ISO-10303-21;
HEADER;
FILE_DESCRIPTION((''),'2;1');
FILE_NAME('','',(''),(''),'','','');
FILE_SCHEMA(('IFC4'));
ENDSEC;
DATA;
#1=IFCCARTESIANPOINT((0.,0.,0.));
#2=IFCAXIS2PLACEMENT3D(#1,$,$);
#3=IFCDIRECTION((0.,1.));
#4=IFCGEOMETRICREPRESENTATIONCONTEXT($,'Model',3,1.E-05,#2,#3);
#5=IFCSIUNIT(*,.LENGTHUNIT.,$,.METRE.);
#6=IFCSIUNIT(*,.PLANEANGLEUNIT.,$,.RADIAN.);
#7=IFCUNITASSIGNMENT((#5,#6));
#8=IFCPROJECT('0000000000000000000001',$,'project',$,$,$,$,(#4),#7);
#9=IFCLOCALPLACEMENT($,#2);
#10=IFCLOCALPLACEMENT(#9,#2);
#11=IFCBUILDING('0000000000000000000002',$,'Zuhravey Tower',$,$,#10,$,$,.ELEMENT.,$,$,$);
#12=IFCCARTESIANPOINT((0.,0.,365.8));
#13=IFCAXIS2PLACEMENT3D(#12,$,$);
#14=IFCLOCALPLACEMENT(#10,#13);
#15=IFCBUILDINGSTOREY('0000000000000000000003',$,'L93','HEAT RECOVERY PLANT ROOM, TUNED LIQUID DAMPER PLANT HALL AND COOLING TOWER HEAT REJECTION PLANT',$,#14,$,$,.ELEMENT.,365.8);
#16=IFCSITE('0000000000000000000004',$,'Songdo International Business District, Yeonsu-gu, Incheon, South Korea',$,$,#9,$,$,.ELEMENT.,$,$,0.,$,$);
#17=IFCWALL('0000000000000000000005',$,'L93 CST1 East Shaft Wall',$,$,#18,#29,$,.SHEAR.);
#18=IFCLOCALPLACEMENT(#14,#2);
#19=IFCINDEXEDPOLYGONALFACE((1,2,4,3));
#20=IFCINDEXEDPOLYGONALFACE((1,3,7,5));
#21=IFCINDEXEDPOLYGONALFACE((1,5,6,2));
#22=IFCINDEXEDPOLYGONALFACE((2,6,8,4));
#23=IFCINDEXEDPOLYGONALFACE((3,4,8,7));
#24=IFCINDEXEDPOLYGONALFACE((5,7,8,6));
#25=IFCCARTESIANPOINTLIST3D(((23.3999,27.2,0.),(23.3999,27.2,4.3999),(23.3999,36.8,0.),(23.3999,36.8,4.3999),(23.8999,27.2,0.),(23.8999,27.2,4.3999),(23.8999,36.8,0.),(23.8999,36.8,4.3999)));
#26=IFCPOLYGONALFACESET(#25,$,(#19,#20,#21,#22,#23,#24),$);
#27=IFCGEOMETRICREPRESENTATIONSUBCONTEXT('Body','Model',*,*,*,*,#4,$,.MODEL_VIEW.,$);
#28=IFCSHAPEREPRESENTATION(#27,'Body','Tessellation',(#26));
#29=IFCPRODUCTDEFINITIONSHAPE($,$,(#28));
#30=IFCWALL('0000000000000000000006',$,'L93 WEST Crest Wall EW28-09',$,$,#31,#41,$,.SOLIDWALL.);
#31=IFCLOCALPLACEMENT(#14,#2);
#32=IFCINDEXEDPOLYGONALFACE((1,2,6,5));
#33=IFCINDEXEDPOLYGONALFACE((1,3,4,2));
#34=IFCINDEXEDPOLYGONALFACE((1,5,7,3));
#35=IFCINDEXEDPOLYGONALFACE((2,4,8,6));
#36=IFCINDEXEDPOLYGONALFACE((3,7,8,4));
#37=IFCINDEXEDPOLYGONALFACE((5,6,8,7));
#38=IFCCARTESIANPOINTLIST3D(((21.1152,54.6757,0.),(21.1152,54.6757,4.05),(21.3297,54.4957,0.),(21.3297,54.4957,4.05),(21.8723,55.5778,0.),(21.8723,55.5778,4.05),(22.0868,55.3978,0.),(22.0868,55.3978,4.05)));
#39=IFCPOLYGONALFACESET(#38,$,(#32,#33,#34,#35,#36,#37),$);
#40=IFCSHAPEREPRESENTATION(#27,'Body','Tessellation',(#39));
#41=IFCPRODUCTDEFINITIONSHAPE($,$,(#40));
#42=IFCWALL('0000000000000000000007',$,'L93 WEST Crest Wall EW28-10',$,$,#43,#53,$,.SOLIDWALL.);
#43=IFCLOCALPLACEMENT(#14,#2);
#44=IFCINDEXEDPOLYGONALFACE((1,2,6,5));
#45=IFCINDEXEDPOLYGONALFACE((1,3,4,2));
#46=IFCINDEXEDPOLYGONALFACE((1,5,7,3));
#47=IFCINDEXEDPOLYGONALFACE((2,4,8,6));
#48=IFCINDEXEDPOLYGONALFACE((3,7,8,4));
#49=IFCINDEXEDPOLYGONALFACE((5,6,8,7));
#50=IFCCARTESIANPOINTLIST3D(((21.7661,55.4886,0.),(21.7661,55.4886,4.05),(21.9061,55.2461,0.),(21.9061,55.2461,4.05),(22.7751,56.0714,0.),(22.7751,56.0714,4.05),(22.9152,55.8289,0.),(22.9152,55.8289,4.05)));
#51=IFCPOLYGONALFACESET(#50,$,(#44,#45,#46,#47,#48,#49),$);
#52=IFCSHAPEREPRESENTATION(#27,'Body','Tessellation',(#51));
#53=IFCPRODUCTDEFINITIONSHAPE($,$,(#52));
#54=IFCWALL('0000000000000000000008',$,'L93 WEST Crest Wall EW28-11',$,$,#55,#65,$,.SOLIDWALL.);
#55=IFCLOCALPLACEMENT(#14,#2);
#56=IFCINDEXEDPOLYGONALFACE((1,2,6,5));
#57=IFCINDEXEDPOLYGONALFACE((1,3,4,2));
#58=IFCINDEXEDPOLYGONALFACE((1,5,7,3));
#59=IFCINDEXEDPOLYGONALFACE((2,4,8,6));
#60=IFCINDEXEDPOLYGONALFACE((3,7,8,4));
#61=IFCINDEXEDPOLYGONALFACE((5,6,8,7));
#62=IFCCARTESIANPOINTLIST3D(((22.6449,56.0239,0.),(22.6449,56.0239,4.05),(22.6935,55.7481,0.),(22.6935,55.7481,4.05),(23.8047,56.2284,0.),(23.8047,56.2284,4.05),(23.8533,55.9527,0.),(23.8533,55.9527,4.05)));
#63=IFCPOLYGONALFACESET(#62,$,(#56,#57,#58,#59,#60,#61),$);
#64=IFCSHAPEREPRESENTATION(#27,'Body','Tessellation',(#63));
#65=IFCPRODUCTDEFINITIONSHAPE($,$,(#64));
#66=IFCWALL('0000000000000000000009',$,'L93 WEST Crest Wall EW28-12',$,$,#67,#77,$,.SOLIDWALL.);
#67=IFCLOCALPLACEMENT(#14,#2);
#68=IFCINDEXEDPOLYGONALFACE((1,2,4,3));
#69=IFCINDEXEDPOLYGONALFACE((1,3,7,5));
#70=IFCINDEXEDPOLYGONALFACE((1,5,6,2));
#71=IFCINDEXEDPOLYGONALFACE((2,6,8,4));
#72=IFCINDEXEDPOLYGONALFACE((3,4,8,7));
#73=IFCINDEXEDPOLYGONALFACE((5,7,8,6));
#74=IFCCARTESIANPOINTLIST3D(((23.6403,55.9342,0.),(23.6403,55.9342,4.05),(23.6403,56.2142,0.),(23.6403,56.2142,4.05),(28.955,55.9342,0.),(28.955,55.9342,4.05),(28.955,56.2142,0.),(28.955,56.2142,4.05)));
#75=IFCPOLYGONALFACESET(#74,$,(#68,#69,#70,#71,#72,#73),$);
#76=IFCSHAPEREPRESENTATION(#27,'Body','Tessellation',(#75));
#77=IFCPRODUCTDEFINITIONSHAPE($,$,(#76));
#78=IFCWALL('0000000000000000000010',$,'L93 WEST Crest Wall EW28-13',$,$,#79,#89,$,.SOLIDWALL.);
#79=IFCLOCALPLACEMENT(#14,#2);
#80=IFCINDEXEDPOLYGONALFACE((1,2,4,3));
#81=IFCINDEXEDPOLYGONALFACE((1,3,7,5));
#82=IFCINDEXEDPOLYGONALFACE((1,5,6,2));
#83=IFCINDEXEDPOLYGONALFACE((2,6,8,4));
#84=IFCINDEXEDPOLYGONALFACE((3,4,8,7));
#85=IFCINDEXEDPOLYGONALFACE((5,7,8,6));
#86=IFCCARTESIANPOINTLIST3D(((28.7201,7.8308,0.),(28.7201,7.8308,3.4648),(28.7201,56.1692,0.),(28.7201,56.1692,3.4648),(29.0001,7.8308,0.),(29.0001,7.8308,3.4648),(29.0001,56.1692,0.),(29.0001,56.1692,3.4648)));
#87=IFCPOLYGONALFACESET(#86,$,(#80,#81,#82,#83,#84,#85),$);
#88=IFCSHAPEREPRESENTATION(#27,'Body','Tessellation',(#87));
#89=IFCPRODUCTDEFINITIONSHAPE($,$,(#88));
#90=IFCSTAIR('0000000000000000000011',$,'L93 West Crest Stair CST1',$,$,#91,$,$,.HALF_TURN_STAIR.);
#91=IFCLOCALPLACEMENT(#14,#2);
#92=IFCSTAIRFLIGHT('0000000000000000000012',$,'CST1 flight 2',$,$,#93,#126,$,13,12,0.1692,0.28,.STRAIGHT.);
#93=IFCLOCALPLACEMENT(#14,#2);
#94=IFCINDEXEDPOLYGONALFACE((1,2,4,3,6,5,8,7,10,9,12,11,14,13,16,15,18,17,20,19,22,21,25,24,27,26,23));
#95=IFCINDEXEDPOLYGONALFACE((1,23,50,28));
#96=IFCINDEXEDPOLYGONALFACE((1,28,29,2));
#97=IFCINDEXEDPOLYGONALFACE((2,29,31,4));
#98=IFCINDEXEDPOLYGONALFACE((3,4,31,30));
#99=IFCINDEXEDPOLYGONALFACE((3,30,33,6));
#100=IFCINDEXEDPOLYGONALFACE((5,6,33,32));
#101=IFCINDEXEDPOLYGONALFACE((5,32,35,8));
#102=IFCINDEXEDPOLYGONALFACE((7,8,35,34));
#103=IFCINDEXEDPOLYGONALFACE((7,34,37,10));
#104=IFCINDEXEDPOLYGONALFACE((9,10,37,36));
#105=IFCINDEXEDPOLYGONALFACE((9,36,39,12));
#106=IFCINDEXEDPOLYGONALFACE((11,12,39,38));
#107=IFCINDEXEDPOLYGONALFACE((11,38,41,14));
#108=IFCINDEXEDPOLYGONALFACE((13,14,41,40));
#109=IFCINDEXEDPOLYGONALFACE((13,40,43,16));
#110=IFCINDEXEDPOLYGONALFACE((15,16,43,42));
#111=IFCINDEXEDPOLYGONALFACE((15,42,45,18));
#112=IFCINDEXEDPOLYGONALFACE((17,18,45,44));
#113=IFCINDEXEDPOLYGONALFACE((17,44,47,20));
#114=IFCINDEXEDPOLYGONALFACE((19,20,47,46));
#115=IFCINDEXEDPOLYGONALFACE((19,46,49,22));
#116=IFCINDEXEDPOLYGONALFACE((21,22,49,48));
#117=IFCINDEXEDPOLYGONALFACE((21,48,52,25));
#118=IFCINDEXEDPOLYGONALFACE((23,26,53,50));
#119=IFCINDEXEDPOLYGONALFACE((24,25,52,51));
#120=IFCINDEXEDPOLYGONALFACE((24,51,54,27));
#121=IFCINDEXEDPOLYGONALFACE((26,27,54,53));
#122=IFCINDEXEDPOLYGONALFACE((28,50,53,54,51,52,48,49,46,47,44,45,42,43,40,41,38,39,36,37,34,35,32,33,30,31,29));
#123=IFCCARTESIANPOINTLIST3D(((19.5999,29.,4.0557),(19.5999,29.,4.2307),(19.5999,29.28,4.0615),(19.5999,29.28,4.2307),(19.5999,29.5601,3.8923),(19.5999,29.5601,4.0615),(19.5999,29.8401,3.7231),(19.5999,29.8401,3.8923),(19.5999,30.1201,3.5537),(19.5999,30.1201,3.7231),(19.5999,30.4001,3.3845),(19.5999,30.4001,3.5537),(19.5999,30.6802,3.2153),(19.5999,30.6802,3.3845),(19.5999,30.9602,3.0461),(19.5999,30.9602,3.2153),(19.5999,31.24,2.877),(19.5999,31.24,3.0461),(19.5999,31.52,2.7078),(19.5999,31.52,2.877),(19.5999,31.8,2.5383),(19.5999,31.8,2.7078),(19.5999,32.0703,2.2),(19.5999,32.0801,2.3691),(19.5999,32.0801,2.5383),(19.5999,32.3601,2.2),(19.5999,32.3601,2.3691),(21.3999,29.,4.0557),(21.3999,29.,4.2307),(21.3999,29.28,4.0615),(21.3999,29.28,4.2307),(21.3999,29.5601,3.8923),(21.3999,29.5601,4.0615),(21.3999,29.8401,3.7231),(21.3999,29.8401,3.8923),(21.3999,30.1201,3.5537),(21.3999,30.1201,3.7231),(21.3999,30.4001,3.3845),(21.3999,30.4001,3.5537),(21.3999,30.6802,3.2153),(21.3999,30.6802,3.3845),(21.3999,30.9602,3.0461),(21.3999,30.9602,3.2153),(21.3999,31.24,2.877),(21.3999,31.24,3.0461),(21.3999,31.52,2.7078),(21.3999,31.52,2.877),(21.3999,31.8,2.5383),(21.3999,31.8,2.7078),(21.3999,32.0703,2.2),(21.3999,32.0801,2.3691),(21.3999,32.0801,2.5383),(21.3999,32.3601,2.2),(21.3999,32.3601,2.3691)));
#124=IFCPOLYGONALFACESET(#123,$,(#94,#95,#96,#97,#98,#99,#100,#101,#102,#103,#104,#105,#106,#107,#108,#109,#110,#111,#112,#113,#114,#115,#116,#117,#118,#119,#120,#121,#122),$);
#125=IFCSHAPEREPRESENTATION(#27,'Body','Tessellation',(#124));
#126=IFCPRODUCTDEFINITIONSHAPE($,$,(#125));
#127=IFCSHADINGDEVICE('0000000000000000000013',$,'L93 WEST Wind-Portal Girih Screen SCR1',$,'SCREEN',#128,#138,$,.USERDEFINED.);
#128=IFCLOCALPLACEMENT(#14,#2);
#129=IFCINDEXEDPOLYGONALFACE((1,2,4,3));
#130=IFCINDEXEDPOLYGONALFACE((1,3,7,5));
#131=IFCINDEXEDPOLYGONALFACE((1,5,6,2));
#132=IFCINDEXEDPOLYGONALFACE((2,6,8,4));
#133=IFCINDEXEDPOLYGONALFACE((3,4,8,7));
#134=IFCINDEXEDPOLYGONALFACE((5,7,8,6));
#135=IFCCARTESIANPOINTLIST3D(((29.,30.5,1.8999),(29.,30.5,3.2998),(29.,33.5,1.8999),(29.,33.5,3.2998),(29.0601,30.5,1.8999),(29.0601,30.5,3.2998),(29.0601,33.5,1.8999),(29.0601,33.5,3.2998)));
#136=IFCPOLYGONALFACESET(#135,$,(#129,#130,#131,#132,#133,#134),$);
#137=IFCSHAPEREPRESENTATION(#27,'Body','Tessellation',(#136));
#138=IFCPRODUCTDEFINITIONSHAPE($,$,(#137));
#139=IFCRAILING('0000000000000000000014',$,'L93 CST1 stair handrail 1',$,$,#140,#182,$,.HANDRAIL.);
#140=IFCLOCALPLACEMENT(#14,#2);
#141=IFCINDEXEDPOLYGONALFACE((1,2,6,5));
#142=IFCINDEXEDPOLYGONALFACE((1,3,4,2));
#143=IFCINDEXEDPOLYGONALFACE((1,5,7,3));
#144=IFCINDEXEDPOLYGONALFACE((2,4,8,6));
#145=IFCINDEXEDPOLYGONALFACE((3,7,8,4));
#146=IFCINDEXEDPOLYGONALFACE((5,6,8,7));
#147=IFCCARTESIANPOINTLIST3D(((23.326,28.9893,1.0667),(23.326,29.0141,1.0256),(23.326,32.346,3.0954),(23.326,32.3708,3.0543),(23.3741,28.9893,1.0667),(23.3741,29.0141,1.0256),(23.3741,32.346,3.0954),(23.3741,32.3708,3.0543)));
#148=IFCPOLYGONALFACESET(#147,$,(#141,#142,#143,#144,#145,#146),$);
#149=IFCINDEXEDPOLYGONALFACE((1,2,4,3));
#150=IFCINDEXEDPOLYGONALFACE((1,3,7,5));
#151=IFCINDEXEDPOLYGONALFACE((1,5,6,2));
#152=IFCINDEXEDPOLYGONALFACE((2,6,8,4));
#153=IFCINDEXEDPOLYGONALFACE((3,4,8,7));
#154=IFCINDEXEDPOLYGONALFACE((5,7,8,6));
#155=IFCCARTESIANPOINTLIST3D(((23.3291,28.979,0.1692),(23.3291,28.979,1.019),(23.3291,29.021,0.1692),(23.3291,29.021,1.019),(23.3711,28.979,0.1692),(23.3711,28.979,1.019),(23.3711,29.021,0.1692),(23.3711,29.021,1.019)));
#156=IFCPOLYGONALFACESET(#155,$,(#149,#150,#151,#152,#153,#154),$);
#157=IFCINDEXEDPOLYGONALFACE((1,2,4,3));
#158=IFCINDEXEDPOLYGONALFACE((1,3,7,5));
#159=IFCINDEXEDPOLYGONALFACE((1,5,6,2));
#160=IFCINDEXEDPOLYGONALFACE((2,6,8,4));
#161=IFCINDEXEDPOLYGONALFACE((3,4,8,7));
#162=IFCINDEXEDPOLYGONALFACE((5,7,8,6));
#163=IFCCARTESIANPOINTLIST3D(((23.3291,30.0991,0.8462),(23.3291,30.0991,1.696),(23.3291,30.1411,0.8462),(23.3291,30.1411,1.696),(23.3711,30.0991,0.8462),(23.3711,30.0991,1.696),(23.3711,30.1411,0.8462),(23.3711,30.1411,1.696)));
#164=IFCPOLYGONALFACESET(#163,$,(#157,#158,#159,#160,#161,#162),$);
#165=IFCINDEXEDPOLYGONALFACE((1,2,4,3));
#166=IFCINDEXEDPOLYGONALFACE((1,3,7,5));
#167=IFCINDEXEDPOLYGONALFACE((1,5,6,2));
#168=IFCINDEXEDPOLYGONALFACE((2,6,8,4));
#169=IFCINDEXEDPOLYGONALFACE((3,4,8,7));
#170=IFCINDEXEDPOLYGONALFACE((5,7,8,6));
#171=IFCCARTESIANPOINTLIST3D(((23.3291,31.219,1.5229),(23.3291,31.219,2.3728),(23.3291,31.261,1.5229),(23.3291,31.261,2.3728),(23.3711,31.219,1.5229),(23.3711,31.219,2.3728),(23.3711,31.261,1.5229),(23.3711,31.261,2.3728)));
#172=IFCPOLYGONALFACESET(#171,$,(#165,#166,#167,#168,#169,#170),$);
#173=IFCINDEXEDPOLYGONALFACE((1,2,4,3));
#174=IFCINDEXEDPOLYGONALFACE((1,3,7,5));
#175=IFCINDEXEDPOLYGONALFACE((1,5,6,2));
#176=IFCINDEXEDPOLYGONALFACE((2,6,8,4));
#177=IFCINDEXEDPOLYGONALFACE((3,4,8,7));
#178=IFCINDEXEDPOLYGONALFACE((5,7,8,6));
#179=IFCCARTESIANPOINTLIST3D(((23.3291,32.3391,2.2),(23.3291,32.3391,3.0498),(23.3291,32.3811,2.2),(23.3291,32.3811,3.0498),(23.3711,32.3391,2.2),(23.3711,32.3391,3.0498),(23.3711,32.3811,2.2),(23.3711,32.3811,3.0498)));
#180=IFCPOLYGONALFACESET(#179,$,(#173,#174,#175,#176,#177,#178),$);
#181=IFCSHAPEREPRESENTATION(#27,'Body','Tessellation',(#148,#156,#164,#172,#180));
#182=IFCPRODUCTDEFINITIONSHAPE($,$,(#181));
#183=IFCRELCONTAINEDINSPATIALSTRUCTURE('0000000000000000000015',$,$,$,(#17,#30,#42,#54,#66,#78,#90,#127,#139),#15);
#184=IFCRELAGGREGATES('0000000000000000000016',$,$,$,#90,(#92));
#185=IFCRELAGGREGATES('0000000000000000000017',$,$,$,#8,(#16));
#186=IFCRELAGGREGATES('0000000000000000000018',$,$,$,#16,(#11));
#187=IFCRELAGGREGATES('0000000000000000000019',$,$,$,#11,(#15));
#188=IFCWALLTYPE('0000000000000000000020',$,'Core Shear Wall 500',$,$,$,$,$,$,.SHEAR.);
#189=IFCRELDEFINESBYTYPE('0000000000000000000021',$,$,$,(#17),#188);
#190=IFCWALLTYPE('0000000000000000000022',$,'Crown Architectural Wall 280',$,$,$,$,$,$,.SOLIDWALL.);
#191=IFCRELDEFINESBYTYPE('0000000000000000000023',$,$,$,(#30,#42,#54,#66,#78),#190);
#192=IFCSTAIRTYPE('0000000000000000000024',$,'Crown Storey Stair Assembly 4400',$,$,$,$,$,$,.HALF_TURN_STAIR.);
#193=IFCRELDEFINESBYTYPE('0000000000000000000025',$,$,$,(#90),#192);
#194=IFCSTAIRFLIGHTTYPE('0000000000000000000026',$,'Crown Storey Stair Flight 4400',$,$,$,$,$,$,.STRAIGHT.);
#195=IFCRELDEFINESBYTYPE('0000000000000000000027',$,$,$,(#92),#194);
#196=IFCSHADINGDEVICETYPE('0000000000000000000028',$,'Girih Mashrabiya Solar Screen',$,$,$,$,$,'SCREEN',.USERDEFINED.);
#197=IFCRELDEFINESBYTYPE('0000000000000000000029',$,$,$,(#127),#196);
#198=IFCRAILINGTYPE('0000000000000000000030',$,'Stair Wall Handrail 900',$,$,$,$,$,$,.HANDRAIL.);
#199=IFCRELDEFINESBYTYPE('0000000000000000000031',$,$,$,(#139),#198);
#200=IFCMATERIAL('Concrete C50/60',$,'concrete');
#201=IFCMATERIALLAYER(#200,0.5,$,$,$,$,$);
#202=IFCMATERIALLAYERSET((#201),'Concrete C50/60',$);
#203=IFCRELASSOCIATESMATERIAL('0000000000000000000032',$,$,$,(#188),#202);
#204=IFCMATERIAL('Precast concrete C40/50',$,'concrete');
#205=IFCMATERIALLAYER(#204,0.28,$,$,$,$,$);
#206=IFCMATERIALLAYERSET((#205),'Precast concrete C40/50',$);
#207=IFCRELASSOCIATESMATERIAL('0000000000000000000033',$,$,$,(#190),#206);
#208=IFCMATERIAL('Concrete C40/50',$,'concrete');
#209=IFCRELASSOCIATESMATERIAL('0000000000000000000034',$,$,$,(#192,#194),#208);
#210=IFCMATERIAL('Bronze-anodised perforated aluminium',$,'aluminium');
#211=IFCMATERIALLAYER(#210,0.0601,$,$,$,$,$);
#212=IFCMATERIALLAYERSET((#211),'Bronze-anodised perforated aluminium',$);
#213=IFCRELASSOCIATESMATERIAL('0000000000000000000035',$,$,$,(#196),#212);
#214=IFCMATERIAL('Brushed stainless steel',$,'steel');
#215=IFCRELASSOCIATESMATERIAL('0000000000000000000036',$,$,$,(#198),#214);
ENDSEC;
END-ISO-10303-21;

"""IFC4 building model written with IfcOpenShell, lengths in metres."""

from ifc_helpers import new_model, si_unit, direction, frame, frame_2d, origin, origin_2d, place, context, subcontext, project, spatial, polyline, rectangle, outline, extrude, material, layer, layer_set, type_object, element, aggregate, save


model = new_model("IFC4")

# Units and contexts
model_context = context("Model", 3, precision=1e-05, world=origin(), true_north=direction((0.0, 1.0)))
body_context = subcontext(model_context, "Body", "Model", "MODEL_VIEW")
ifc_project = project(units=[si_unit("LENGTHUNIT", "METRE"), si_unit("PLANEANGLEUNIT", "RADIAN")], contexts=[model_context])

# Site, building, storey
site_placement = place(None, origin())
site = spatial("IfcSite", under=ifc_project, at=site_placement, Name="Songdo International Business District, Yeonsu-gu, Incheon, South Korea", CompositionType="ELEMENT", RefElevation=0.0)
building_placement = place(site_placement, origin())
building = spatial("IfcBuilding", under=site, at=building_placement, Name="Zuhravey Tower", CompositionType="ELEMENT")
storey_placement = place(building_placement, frame((0.0, 0.0, 365.8)))
storey = spatial("IfcBuildingStorey", under=building, at=storey_placement, Name="L93", Description="HEAT RECOVERY PLANT ROOM, TUNED LIQUID DAMPER PLANT HALL AND COOLING TOWER HEAT REJECTION PLANT", CompositionType="ELEMENT", Elevation=365.8)

# Walls
ifc_material_1 = material(Name="Concrete C50/60", Category="concrete")
ifc_layer_1 = layer(ifc_material_1, 0.5)
ifc_layer_set_1 = layer_set([ifc_layer_1], Name="Concrete C50/60")
wall_type_1 = type_object("IfcWallType", Name="Core Shear Wall 500", PredefinedType="SHEAR", material=ifc_layer_set_1)
wall_1_placement = place(storey_placement, frame((23.6499, 36.8, 0.0), z_axis=(0.0, 0.0, 1.0), x_axis=(0.0, -1.0, 0.0)))
element("IfcWall", 1, at=wall_1_placement, inside=storey, type_object=wall_type_1, Name="L93 CST1 East Shaft Wall", PredefinedType="SHEAR", context=body_context, shape_type="SweptSolid", body=[
    extrude(rectangle(XDim=9.6001, YDim=0.5, at=frame_2d((4.8, 0.0))), origin(), (0.0, 0.0, 1.0), 4.3999),
])
ifc_material_2 = material(Name="Precast concrete C40/50", Category="concrete")
ifc_layer_2 = layer(ifc_material_2, 0.28)
ifc_layer_set_2 = layer_set([ifc_layer_2], Name="Precast concrete C40/50")
wall_type_2 = type_object("IfcWallType", Name="Crown Architectural Wall 280", PredefinedType="SOLIDWALL", material=ifc_layer_set_2)
wall_2_placement = place(storey_placement, frame((21.2224, 54.5857, 0.0), z_axis=(0.0, 0.0, 1.0), x_axis=(0.642852, 0.765991, 0.0)))
element("IfcWall", 2, at=wall_2_placement, inside=storey, type_object=wall_type_2, Name="L93 WEST Crest Wall EW28-09", PredefinedType="SOLIDWALL", context=body_context, shape_type="SweptSolid", body=[
    extrude(rectangle(XDim=1.1777, YDim=0.28, at=frame_2d((0.5889, 0.0))), origin(), (0.0, 0.0, 1.0), 4.05),
])
wall_3_placement = place(storey_placement, frame((21.8362, 55.3674, 0.0), z_axis=(0.0, 0.0, 1.0), x_axis=(0.865952, 0.500127, 0.0)))
element("IfcWall", 3, at=wall_3_placement, inside=storey, type_object=wall_type_2, Name="L93 WEST Crest Wall EW28-10", PredefinedType="SOLIDWALL", context=body_context, shape_type="SweptSolid", body=[
    extrude(rectangle(XDim=1.1653, YDim=0.28, at=frame_2d((0.5825, 0.0))), origin(), (0.0, 0.0, 1.0), 4.05),
])
wall_4_placement = place(storey_placement, frame((22.6692, 55.886, 0.0), z_axis=(0.0, 0.0, 1.0), x_axis=(0.984798, 0.173703, 0.0)))
element("IfcWall", 4, at=wall_4_placement, inside=storey, type_object=wall_type_2, Name="L93 WEST Crest Wall EW28-11", PredefinedType="SOLIDWALL", context=body_context, shape_type="SweptSolid", body=[
    extrude(rectangle(XDim=1.1777, YDim=0.28, at=frame_2d((0.5889, 0.0))), origin(), (0.0, 0.0, 1.0), 4.05),
])
wall_5_placement = place(storey_placement, frame((23.6404, 56.0742, 0.0), z_axis=(0.0, 0.0, 1.0), x_axis=(1.0, 0.0, 0.0)))
element("IfcWall", 5, at=wall_5_placement, inside=storey, type_object=wall_type_2, Name="L93 WEST Crest Wall EW28-12", PredefinedType="SOLIDWALL", context=body_context, shape_type="SweptSolid", body=[
    extrude(rectangle(XDim=5.3147, YDim=0.28, at=frame_2d((2.6572, 0.0))), origin(), (0.0, 0.0, 1.0), 4.05),
])
wall_6_placement = place(storey_placement, frame((28.8601, 56.1692, 0.0), z_axis=(0.0, 0.0, 1.0), x_axis=(0.0, -1.0, 0.0)))
element("IfcWall", 6, at=wall_6_placement, inside=storey, type_object=wall_type_2, Name="L93 WEST Crest Wall EW28-13", PredefinedType="SOLIDWALL", context=body_context, shape_type="SweptSolid", body=[
    extrude(rectangle(XDim=48.3384, YDim=0.28, at=frame_2d((24.1692, 0.0))), origin(), (0.0, 0.0, 1.0), 3.4648),
])

# Stair, stair flight
ifc_material_3 = material(Name="Concrete C40/50", Category="concrete")
stair_type = type_object("IfcStairType", Name="Crown Storey Stair Assembly 4400", PredefinedType="HALF_TURN_STAIR", material=ifc_material_3)
stair_placement = place(storey_placement, origin())
stair = element("IfcStair", 7, at=stair_placement, inside=storey, type_object=stair_type, Name="L93 West Crest Stair CST1", PredefinedType="HALF_TURN_STAIR")
stair_flight_type = type_object("IfcStairFlightType", Name="Crown Storey Stair Flight 4400", PredefinedType="STRAIGHT", material=ifc_material_3)
stair_flight_placement = place(storey_placement, frame((20.5, 32.3601, 2.2), z_axis=(0.0, 0.0, 1.0), x_axis=(0.0, -1.0, 0.0)))
stair_flight = element("IfcStairFlight", 8, at=stair_flight_placement, type_object=stair_flight_type, Name="CST1 flight 2", NumberOfRisers=13, NumberOfTreads=12, PredefinedType="STRAIGHT", RiserHeight=0.1692, TreadLength=0.28, context=body_context, shape_type="SweptSolid", body=[
    extrude(outline(polyline([(0.0, 0.0), (0.0, 0.1692), (0.28, 0.1692), (0.28, 0.3384), (0.5601, 0.3384), (0.5601, 0.5078), (0.8401, 0.5078), (0.8401, 0.677), (1.1201, 0.677), (1.1201, 0.8462), (1.3999, 0.8462), (1.3999, 1.0154), (1.6799, 1.0154), (1.6799, 1.1846), (1.96, 1.1846), (1.96, 1.3538), (2.24, 1.3538), (2.24, 1.5232), (2.52, 1.5232), (2.52, 1.6924), (2.8, 1.6924), (2.8, 1.8616), (3.0801, 1.8616), (3.0801, 2.0308), (3.3601, 2.0308), (3.3601, 2.2), (3.3601, 1.8557), (0.2898, 0.0), (0.0, 0.0)])), frame((0.0, 0.8999, 0.0), z_axis=(0.0, -1.0, 0.0), x_axis=(1.0, 0.0, 0.0)), (0.0, 0.0, 1.0), 1.8),
])
aggregate(stair, [stair_flight])

# Shading device
ifc_material_4 = material(Name="Bronze-anodised perforated aluminium", Category="aluminium")
ifc_layer_3 = layer(ifc_material_4, 0.0601)
ifc_layer_set_3 = layer_set([ifc_layer_3], Name="Bronze-anodised perforated aluminium")
shading_device_type = type_object("IfcShadingDeviceType", Name="Girih Mashrabiya Solar Screen", ElementType="SCREEN", PredefinedType="USERDEFINED", material=ifc_layer_set_3)
shading_device_placement = place(storey_placement, frame((29.03, 32.0, 1.8999), z_axis=(0.0, 0.0, 1.0), x_axis=(0.0, 1.0, 0.0)))
element("IfcShadingDevice", 9, at=shading_device_placement, inside=storey, type_object=shading_device_type, Name="L93 WEST Wind-Portal Girih Screen SCR1", ObjectType="SCREEN", PredefinedType="USERDEFINED", context=body_context, shape_type="SweptSolid", body=[
    extrude(rectangle(XDim=3.0, YDim=0.0601, at=origin_2d()), origin(), (0.0, 0.0, 1.0), 1.3999),
])

# Railing
ifc_material_5 = material(Name="Brushed stainless steel", Category="steel")
railing_type_1 = type_object("IfcRailingType", Name="Stair Wall Handrail 900", PredefinedType="HANDRAIL", material=ifc_material_5)
railing_1_placement = place(storey_placement, frame((23.3501, 29.0, 0.1692)))
element("IfcRailing", 10, at=railing_1_placement, inside=storey, type_object=railing_type_1, Name="L93 CST1 stair handrail 1", PredefinedType="HANDRAIL", context=body_context, shape_type="SweptSolid", body=[
    extrude(rectangle(XDim=0.0481, YDim=0.0481, at=origin_2d()), frame((0.0, 0.0017, 0.877), z_axis=(0.0, 0.855837, 0.517246), x_axis=(-1.0, 0.0, 0.0)), (0.0, 0.0, 1.0), 3.9221),
    extrude(rectangle(XDim=0.042, YDim=0.042, at=origin_2d()), origin(), (0.0, 0.0, 1.0), 0.8499),
    extrude(rectangle(XDim=0.042, YDim=0.042, at=origin_2d()), frame((0.0, 1.1201, 0.677)), (0.0, 0.0, 1.0), 0.8499),
    extrude(rectangle(XDim=0.042, YDim=0.042, at=origin_2d()), frame((0.0, 2.24, 1.3538)), (0.0, 0.0, 1.0), 0.8499),
    extrude(rectangle(XDim=0.042, YDim=0.042, at=origin_2d()), frame((0.0, 3.3601, 2.0308)), (0.0, 0.0, 1.0), 0.8499),
])

save(model, "model.ifc")
